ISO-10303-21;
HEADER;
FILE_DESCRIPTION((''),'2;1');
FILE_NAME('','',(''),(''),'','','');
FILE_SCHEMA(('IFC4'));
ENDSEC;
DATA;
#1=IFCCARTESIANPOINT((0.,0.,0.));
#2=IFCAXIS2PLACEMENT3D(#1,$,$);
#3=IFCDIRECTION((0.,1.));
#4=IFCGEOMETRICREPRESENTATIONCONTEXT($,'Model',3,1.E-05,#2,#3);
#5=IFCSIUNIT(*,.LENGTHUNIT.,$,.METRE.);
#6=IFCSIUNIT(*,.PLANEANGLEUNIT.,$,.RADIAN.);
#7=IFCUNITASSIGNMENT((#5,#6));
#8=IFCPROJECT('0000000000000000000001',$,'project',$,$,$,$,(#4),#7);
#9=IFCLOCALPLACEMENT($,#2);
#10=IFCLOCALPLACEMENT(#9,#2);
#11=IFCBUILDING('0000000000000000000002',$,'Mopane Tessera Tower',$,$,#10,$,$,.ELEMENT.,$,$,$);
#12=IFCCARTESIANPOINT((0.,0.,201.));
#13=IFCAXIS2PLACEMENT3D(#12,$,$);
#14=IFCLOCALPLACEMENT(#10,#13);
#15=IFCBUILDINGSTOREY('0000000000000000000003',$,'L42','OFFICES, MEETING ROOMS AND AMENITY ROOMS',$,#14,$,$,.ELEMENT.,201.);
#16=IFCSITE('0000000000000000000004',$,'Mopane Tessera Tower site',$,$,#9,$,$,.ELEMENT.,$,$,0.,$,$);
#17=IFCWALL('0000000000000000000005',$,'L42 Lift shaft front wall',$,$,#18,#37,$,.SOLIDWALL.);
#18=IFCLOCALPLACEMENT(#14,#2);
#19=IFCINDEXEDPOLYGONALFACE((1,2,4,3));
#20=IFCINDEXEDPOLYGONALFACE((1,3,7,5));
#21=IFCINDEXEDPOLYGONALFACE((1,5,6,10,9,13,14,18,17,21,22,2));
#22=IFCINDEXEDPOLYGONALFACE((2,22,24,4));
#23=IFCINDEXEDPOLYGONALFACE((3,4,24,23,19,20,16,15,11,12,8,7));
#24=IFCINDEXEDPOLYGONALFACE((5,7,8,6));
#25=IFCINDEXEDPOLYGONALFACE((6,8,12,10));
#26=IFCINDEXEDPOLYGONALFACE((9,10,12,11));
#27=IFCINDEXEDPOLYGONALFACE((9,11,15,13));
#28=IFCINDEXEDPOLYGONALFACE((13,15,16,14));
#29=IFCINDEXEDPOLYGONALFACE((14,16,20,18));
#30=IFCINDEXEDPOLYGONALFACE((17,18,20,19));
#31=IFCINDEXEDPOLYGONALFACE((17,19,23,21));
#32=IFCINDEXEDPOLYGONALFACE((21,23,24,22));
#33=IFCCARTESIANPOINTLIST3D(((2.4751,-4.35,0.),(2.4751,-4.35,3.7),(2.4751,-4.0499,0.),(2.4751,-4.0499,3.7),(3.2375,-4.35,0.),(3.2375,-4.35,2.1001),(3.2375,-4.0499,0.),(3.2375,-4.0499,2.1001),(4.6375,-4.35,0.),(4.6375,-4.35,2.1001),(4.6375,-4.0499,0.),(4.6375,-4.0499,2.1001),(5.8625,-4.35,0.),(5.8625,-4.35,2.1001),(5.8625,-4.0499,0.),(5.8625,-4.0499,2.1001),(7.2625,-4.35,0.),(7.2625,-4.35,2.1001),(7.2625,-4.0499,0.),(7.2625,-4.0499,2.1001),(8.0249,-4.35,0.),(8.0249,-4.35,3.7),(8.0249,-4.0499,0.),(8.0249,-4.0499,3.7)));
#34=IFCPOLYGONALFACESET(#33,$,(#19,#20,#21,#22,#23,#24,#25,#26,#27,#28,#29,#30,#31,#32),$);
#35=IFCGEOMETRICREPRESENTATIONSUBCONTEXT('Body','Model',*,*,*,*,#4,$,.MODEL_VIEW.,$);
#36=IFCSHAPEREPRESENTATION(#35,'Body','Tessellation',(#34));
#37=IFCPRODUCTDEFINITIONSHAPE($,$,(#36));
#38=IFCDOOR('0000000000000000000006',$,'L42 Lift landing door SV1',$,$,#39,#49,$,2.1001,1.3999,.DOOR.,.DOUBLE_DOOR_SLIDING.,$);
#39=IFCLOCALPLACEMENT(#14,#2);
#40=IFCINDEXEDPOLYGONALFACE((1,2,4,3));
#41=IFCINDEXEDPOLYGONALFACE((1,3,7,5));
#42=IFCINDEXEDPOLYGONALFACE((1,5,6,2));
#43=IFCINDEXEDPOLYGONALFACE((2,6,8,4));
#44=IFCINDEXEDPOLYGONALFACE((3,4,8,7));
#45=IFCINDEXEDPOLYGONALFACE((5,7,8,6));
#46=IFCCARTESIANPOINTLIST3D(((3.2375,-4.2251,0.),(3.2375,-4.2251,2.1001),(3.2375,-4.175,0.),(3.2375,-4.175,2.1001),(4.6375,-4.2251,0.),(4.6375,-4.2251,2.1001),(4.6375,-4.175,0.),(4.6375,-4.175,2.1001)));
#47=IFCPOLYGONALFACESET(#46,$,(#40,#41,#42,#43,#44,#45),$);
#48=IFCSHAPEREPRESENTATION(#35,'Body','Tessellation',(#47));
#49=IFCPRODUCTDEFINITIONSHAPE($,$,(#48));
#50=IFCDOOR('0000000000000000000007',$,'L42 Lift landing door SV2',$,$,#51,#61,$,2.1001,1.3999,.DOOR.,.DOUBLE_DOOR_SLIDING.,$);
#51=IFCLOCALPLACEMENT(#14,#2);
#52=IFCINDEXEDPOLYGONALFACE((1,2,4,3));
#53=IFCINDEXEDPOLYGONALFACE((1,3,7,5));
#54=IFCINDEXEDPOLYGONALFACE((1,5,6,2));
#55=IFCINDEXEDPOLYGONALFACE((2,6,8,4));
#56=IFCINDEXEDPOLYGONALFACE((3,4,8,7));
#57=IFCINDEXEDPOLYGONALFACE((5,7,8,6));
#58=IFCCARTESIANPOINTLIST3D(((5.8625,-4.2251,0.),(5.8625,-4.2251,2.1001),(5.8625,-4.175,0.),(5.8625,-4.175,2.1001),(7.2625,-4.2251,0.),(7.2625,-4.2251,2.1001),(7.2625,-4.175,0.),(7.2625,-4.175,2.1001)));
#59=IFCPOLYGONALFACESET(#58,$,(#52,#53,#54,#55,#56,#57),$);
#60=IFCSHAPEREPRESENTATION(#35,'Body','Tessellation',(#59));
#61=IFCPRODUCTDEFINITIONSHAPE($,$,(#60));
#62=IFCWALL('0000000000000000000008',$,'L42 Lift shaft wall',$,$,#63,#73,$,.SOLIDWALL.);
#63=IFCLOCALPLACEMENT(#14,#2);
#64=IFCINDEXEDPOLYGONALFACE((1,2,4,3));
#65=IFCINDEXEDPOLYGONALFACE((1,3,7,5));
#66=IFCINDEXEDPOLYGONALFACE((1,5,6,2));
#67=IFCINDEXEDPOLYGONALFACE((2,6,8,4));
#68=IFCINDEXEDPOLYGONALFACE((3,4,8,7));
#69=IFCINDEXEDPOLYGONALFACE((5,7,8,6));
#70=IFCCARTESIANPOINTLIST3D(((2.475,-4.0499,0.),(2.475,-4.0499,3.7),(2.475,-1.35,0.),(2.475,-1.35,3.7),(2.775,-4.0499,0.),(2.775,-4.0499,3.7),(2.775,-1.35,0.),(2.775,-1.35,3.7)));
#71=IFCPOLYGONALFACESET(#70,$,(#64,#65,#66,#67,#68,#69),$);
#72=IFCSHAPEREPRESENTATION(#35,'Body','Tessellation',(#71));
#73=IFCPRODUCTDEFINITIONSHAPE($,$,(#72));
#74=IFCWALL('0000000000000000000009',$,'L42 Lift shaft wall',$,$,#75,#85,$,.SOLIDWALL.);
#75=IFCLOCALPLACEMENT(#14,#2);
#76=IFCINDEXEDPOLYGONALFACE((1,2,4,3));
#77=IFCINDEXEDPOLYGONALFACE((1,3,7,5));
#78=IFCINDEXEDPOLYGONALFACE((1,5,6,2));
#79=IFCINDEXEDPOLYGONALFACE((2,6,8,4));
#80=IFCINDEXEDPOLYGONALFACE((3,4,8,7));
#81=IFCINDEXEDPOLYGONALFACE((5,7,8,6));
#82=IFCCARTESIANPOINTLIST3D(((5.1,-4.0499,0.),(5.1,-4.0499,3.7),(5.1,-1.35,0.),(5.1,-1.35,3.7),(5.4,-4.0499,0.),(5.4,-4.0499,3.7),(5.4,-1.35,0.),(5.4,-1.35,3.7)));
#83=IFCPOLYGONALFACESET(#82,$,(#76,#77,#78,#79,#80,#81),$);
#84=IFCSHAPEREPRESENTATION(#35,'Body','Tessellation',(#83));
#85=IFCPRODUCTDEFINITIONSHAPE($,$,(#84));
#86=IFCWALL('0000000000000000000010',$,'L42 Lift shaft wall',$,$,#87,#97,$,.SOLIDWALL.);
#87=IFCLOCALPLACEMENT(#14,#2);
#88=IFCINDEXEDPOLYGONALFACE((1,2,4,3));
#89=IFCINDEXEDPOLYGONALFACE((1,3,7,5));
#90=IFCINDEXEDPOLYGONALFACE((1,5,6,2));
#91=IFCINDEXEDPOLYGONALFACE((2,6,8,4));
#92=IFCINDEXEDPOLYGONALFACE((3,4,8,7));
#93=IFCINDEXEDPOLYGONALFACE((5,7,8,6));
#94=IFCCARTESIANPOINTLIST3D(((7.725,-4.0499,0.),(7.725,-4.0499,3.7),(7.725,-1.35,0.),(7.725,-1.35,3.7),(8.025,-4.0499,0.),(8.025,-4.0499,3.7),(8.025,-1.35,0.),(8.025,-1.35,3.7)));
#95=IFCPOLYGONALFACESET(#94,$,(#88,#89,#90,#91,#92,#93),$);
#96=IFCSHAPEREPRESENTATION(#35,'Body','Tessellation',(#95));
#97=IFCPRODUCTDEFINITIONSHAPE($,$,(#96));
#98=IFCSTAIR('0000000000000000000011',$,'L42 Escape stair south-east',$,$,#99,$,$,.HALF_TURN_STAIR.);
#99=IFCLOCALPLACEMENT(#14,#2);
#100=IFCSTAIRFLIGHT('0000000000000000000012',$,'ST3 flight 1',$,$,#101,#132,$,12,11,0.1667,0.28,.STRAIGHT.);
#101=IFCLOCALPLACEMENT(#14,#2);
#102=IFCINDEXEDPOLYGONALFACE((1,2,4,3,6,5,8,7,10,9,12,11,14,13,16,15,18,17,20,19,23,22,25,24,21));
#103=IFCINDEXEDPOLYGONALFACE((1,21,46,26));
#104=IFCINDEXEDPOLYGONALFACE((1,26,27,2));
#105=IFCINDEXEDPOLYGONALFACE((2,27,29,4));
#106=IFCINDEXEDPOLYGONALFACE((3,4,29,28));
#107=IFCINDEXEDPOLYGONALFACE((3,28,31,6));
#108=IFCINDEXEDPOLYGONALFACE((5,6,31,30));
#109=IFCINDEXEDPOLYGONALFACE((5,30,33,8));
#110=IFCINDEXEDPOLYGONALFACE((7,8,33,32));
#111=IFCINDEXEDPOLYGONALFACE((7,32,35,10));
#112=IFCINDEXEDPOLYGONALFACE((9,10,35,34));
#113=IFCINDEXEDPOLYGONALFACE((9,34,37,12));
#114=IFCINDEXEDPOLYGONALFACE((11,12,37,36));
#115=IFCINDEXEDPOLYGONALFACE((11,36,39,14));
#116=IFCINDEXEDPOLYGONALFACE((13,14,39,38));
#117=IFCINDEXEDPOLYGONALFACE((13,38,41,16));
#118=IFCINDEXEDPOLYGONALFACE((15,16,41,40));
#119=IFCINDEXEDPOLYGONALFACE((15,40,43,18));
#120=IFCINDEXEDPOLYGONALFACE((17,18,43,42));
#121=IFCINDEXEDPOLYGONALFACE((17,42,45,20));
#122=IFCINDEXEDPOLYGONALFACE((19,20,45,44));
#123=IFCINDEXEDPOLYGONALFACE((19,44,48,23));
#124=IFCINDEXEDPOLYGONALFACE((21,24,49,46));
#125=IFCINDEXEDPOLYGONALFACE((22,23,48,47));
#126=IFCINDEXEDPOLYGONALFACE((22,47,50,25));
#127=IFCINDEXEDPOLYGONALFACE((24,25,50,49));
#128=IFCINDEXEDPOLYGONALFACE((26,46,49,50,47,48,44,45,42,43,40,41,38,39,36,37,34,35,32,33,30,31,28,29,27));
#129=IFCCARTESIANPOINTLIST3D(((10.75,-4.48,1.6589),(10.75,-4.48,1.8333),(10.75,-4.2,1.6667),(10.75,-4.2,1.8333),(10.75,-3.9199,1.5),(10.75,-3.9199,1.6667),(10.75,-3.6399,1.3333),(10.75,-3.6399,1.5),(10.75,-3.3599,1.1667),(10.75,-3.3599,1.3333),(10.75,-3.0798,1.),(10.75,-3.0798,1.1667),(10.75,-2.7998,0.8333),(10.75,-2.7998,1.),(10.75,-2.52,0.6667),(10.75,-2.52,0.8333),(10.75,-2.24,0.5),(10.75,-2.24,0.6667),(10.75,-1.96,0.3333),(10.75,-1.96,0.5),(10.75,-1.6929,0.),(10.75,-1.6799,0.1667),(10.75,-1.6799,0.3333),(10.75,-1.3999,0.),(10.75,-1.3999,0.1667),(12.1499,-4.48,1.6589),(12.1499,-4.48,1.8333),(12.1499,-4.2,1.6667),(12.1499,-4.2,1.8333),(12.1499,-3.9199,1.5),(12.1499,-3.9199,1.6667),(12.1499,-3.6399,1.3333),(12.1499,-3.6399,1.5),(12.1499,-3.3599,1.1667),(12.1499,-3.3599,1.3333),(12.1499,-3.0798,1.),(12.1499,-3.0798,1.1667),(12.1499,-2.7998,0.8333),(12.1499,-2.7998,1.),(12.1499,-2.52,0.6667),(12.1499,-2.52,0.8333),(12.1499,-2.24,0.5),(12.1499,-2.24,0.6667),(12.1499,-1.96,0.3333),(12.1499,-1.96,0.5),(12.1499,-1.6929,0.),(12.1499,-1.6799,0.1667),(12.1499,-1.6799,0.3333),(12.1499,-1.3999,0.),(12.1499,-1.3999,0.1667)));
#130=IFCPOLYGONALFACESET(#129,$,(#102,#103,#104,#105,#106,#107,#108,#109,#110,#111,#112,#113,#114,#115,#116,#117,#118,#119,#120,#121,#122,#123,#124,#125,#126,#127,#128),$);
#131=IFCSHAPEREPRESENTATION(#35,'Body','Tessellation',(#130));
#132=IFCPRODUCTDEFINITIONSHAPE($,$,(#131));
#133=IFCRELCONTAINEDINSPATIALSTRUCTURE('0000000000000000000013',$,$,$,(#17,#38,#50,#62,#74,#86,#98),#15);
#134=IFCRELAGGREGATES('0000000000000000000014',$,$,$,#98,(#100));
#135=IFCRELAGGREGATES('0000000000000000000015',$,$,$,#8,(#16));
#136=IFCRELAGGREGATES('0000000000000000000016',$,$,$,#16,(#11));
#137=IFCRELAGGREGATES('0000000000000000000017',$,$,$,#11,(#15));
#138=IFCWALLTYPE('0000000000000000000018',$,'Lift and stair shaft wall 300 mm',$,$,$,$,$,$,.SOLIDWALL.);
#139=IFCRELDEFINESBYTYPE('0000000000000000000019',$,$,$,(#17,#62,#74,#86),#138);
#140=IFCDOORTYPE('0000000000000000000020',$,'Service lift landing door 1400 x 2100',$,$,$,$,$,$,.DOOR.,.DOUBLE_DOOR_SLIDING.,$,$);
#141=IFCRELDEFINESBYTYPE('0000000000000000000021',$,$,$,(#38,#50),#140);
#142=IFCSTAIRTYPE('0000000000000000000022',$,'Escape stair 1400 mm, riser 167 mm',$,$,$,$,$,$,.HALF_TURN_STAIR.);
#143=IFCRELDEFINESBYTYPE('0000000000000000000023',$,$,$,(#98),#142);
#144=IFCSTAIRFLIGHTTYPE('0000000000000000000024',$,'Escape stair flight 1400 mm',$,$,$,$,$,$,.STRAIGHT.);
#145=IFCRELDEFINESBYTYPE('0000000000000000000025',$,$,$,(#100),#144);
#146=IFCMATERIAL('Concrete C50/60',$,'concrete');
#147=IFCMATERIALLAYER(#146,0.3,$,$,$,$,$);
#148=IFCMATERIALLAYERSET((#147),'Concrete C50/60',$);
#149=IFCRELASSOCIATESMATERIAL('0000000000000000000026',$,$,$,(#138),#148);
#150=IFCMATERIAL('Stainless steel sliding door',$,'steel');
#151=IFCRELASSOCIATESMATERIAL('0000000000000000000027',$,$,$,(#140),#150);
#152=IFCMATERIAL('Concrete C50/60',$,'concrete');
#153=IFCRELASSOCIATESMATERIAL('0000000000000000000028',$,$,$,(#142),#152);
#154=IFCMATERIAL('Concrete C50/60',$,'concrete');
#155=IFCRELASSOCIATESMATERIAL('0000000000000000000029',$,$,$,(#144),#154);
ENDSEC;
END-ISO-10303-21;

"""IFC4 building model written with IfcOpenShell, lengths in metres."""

from ifc_helpers import new_model, si_unit, direction, frame, frame_2d, origin, place, context, subcontext, project, spatial, polyline, rectangle, outline, extrude, material, layer, layer_set, type_object, element, fill, aggregate, save


model = new_model("IFC4")

# Units and contexts
model_context = context("Model", 3, precision=1e-05, world=origin(), true_north=direction((0.0, 1.0)))
body_context = subcontext(model_context, "Body", "Model", "MODEL_VIEW")
ifc_project = project(units=[si_unit("LENGTHUNIT", "METRE"), si_unit("PLANEANGLEUNIT", "RADIAN")], contexts=[model_context])

# Site, building, storey
site_placement = place(None, origin())
site = spatial("IfcSite", under=ifc_project, at=site_placement, Name="Mopane Tessera Tower site", CompositionType="ELEMENT", RefElevation=0.0)
building_placement = place(site_placement, origin())
building = spatial("IfcBuilding", under=site, at=building_placement, Name="Mopane Tessera Tower", CompositionType="ELEMENT")
storey_placement = place(building_placement, frame((0.0, 0.0, 201.0)))
storey = spatial("IfcBuildingStorey", under=building, at=storey_placement, Name="L42", Description="OFFICES, MEETING ROOMS AND AMENITY ROOMS", CompositionType="ELEMENT", Elevation=201.0)

# Shared definitions
ifc_material_1 = material(Name="Concrete C50/60", Category="concrete")
ifc_layer_1 = layer(ifc_material_1, 0.3)
ifc_layer_set_1 = layer_set([ifc_layer_1], Name="Concrete C50/60")
wall_type_1 = type_object("IfcWallType", Name="Lift and stair shaft wall 300 mm", PredefinedType="SOLIDWALL", material=ifc_layer_set_1)

# Wall, openings, doors
wall_1_placement = place(storey_placement, frame((2.4751, -4.2, 0.0), z_axis=(0.0, 0.0, 1.0), x_axis=(1.0, 0.0, 0.0)))
wall_1 = element("IfcWall", 1, at=wall_1_placement, inside=storey, type_object=wall_type_1, Name="L42 Lift shaft front wall", PredefinedType="SOLIDWALL", context=body_context, shape_type="SweptSolid", body=[
    extrude(rectangle(XDim=5.5498, YDim=0.3, at=frame_2d((2.7749, 0.0))), origin(), (0.0, 0.0, 1.0), 3.7),
])
opening_1_placement = place(wall_1_placement, frame((0.7625, 0.0, 0.0)))
opening_1 = element("IfcOpeningElement", 2, at=opening_1_placement, cuts=wall_1, PredefinedType="OPENING", context=body_context, shape_type="SweptSolid", body=[
    extrude(rectangle(XDim=1.3999, YDim=2.1001, at=frame_2d((0.7, 1.05))), frame((0.0, 0.1621, 0.0), z_axis=(0.0, -1.0, 0.0), x_axis=(1.0, 0.0, 0.0)), (0.0, 0.0, 1.0), 0.324),
])
opening_2_placement = place(wall_1_placement, frame((3.3875, 0.0, 0.0)))
opening_2 = element("IfcOpeningElement", 3, at=opening_2_placement, cuts=wall_1, PredefinedType="OPENING", context=body_context, shape_type="SweptSolid", body=[
    extrude(rectangle(XDim=1.3999, YDim=2.1001, at=frame_2d((0.7, 1.05))), frame((0.0, 0.1621, 0.0), z_axis=(0.0, -1.0, 0.0), x_axis=(1.0, 0.0, 0.0)), (0.0, 0.0, 1.0), 0.324),
])
ifc_material_2 = material(Name="Stainless steel sliding door", Category="steel")
door_type = type_object("IfcDoorType", Name="Service lift landing door 1400 x 2100", OperationType="DOUBLE_DOOR_SLIDING", PredefinedType="DOOR", material=ifc_material_2)
door_1_placement = place(opening_1_placement, origin())
door_1 = element("IfcDoor", 4, at=door_1_placement, inside=storey, type_object=door_type, Name="L42 Lift landing door SV1", OperationType="DOUBLE_DOOR_SLIDING", OverallHeight=2.1001, OverallWidth=1.3999, PredefinedType="DOOR", context=body_context, shape_type="SweptSolid", body=[
    extrude(rectangle(XDim=1.3999, YDim=2.1001, at=frame_2d((0.7, 1.05))), frame((0.0, 0.0249, 0.0), z_axis=(0.0, -1.0, 0.0), x_axis=(1.0, 0.0, 0.0)), (0.0, 0.0, 1.0), 0.05),
])
fill(opening_1, door_1)
door_2_placement = place(opening_2_placement, origin())
door_2 = element("IfcDoor", 5, at=door_2_placement, inside=storey, type_object=door_type, Name="L42 Lift landing door SV2", OperationType="DOUBLE_DOOR_SLIDING", OverallHeight=2.1001, OverallWidth=1.3999, PredefinedType="DOOR", context=body_context, shape_type="SweptSolid", body=[
    extrude(rectangle(XDim=1.3999, YDim=2.1001, at=frame_2d((0.7, 1.05))), frame((0.0, 0.0249, 0.0), z_axis=(0.0, -1.0, 0.0), x_axis=(1.0, 0.0, 0.0)), (0.0, 0.0, 1.0), 0.05),
])
fill(opening_2, door_2)

# Walls
for number, where, z_axis, x_axis, name in (
    (6, (2.625, -4.05, 0.0), (0.0, 0.0, 1.0), (0.0, 1.0, 0.0), "L42 Lift shaft wall"),
    (7, (5.25, -4.05, 0.0), (0.0, 0.0, 1.0), (0.0, 1.0, 0.0), "L42 Lift shaft wall"),
    (8, (7.875, -4.05, 0.0), (0.0, 0.0, 1.0), (0.0, 1.0, 0.0), "L42 Lift shaft wall"),
):
    element("IfcWall", number, at=place(storey_placement, frame(where, z_axis=z_axis, x_axis=x_axis)), inside=storey, type_object=wall_type_1, Name=name, PredefinedType="SOLIDWALL", context=body_context, shape_type="SweptSolid", body=[
        extrude(rectangle(XDim=2.7, YDim=0.3, at=frame_2d((1.3501, 0.0))), origin(), (0.0, 0.0, 1.0), 3.7),
    ])

# Stair, stair flight
ifc_material_3 = material(Name="Concrete C50/60", Category="concrete")
stair_type = type_object("IfcStairType", Name="Escape stair 1400 mm, riser 167 mm", PredefinedType="HALF_TURN_STAIR", material=ifc_material_3)
stair_placement = place(storey_placement, origin())
stair = element("IfcStair", 9, at=stair_placement, inside=storey, type_object=stair_type, Name="L42 Escape stair south-east", PredefinedType="HALF_TURN_STAIR")
ifc_material_4 = material(Name="Concrete C50/60", Category="concrete")
stair_flight_type = type_object("IfcStairFlightType", Name="Escape stair flight 1400 mm", PredefinedType="STRAIGHT", material=ifc_material_4)
stair_flight_placement = place(storey_placement, frame((11.45, -1.3999, 0.0), z_axis=(0.0, 0.0, 1.0), x_axis=(0.0, -1.0, 0.0)))
stair_flight = element("IfcStairFlight", 10, at=stair_flight_placement, type_object=stair_flight_type, Name="ST3 flight 1", NumberOfRisers=12, NumberOfTreads=11, PredefinedType="STRAIGHT", RiserHeight=0.1667, TreadLength=0.28, context=body_context, shape_type="SweptSolid", body=[
    extrude(outline(polyline([(0.0, 0.0), (0.0, 0.1667), (0.28, 0.1667), (0.28, 0.3333), (0.5601, 0.3333), (0.5601, 0.5), (0.8401, 0.5), (0.8401, 0.6667), (1.1201, 0.6667), (1.1201, 0.8333), (1.3999, 0.8333), (1.3999, 1.0), (1.6799, 1.0), (1.6799, 1.1667), (1.96, 1.1667), (1.96, 1.3333), (2.24, 1.3333), (2.24, 1.5), (2.52, 1.5), (2.52, 1.6667), (2.8, 1.6667), (2.8, 1.8333), (3.0801, 1.8333), (3.0801, 2.0), (3.0801, 1.6589), (0.293, 0.0), (0.0, 0.0)])), frame((0.0, 0.7, 0.0), z_axis=(0.0, -1.0, 0.0), x_axis=(1.0, 0.0, 0.0)), (0.0, 0.0, 1.0), 1.3999),
])
aggregate(stair, [stair_flight])

save(model, "model.ifc")
